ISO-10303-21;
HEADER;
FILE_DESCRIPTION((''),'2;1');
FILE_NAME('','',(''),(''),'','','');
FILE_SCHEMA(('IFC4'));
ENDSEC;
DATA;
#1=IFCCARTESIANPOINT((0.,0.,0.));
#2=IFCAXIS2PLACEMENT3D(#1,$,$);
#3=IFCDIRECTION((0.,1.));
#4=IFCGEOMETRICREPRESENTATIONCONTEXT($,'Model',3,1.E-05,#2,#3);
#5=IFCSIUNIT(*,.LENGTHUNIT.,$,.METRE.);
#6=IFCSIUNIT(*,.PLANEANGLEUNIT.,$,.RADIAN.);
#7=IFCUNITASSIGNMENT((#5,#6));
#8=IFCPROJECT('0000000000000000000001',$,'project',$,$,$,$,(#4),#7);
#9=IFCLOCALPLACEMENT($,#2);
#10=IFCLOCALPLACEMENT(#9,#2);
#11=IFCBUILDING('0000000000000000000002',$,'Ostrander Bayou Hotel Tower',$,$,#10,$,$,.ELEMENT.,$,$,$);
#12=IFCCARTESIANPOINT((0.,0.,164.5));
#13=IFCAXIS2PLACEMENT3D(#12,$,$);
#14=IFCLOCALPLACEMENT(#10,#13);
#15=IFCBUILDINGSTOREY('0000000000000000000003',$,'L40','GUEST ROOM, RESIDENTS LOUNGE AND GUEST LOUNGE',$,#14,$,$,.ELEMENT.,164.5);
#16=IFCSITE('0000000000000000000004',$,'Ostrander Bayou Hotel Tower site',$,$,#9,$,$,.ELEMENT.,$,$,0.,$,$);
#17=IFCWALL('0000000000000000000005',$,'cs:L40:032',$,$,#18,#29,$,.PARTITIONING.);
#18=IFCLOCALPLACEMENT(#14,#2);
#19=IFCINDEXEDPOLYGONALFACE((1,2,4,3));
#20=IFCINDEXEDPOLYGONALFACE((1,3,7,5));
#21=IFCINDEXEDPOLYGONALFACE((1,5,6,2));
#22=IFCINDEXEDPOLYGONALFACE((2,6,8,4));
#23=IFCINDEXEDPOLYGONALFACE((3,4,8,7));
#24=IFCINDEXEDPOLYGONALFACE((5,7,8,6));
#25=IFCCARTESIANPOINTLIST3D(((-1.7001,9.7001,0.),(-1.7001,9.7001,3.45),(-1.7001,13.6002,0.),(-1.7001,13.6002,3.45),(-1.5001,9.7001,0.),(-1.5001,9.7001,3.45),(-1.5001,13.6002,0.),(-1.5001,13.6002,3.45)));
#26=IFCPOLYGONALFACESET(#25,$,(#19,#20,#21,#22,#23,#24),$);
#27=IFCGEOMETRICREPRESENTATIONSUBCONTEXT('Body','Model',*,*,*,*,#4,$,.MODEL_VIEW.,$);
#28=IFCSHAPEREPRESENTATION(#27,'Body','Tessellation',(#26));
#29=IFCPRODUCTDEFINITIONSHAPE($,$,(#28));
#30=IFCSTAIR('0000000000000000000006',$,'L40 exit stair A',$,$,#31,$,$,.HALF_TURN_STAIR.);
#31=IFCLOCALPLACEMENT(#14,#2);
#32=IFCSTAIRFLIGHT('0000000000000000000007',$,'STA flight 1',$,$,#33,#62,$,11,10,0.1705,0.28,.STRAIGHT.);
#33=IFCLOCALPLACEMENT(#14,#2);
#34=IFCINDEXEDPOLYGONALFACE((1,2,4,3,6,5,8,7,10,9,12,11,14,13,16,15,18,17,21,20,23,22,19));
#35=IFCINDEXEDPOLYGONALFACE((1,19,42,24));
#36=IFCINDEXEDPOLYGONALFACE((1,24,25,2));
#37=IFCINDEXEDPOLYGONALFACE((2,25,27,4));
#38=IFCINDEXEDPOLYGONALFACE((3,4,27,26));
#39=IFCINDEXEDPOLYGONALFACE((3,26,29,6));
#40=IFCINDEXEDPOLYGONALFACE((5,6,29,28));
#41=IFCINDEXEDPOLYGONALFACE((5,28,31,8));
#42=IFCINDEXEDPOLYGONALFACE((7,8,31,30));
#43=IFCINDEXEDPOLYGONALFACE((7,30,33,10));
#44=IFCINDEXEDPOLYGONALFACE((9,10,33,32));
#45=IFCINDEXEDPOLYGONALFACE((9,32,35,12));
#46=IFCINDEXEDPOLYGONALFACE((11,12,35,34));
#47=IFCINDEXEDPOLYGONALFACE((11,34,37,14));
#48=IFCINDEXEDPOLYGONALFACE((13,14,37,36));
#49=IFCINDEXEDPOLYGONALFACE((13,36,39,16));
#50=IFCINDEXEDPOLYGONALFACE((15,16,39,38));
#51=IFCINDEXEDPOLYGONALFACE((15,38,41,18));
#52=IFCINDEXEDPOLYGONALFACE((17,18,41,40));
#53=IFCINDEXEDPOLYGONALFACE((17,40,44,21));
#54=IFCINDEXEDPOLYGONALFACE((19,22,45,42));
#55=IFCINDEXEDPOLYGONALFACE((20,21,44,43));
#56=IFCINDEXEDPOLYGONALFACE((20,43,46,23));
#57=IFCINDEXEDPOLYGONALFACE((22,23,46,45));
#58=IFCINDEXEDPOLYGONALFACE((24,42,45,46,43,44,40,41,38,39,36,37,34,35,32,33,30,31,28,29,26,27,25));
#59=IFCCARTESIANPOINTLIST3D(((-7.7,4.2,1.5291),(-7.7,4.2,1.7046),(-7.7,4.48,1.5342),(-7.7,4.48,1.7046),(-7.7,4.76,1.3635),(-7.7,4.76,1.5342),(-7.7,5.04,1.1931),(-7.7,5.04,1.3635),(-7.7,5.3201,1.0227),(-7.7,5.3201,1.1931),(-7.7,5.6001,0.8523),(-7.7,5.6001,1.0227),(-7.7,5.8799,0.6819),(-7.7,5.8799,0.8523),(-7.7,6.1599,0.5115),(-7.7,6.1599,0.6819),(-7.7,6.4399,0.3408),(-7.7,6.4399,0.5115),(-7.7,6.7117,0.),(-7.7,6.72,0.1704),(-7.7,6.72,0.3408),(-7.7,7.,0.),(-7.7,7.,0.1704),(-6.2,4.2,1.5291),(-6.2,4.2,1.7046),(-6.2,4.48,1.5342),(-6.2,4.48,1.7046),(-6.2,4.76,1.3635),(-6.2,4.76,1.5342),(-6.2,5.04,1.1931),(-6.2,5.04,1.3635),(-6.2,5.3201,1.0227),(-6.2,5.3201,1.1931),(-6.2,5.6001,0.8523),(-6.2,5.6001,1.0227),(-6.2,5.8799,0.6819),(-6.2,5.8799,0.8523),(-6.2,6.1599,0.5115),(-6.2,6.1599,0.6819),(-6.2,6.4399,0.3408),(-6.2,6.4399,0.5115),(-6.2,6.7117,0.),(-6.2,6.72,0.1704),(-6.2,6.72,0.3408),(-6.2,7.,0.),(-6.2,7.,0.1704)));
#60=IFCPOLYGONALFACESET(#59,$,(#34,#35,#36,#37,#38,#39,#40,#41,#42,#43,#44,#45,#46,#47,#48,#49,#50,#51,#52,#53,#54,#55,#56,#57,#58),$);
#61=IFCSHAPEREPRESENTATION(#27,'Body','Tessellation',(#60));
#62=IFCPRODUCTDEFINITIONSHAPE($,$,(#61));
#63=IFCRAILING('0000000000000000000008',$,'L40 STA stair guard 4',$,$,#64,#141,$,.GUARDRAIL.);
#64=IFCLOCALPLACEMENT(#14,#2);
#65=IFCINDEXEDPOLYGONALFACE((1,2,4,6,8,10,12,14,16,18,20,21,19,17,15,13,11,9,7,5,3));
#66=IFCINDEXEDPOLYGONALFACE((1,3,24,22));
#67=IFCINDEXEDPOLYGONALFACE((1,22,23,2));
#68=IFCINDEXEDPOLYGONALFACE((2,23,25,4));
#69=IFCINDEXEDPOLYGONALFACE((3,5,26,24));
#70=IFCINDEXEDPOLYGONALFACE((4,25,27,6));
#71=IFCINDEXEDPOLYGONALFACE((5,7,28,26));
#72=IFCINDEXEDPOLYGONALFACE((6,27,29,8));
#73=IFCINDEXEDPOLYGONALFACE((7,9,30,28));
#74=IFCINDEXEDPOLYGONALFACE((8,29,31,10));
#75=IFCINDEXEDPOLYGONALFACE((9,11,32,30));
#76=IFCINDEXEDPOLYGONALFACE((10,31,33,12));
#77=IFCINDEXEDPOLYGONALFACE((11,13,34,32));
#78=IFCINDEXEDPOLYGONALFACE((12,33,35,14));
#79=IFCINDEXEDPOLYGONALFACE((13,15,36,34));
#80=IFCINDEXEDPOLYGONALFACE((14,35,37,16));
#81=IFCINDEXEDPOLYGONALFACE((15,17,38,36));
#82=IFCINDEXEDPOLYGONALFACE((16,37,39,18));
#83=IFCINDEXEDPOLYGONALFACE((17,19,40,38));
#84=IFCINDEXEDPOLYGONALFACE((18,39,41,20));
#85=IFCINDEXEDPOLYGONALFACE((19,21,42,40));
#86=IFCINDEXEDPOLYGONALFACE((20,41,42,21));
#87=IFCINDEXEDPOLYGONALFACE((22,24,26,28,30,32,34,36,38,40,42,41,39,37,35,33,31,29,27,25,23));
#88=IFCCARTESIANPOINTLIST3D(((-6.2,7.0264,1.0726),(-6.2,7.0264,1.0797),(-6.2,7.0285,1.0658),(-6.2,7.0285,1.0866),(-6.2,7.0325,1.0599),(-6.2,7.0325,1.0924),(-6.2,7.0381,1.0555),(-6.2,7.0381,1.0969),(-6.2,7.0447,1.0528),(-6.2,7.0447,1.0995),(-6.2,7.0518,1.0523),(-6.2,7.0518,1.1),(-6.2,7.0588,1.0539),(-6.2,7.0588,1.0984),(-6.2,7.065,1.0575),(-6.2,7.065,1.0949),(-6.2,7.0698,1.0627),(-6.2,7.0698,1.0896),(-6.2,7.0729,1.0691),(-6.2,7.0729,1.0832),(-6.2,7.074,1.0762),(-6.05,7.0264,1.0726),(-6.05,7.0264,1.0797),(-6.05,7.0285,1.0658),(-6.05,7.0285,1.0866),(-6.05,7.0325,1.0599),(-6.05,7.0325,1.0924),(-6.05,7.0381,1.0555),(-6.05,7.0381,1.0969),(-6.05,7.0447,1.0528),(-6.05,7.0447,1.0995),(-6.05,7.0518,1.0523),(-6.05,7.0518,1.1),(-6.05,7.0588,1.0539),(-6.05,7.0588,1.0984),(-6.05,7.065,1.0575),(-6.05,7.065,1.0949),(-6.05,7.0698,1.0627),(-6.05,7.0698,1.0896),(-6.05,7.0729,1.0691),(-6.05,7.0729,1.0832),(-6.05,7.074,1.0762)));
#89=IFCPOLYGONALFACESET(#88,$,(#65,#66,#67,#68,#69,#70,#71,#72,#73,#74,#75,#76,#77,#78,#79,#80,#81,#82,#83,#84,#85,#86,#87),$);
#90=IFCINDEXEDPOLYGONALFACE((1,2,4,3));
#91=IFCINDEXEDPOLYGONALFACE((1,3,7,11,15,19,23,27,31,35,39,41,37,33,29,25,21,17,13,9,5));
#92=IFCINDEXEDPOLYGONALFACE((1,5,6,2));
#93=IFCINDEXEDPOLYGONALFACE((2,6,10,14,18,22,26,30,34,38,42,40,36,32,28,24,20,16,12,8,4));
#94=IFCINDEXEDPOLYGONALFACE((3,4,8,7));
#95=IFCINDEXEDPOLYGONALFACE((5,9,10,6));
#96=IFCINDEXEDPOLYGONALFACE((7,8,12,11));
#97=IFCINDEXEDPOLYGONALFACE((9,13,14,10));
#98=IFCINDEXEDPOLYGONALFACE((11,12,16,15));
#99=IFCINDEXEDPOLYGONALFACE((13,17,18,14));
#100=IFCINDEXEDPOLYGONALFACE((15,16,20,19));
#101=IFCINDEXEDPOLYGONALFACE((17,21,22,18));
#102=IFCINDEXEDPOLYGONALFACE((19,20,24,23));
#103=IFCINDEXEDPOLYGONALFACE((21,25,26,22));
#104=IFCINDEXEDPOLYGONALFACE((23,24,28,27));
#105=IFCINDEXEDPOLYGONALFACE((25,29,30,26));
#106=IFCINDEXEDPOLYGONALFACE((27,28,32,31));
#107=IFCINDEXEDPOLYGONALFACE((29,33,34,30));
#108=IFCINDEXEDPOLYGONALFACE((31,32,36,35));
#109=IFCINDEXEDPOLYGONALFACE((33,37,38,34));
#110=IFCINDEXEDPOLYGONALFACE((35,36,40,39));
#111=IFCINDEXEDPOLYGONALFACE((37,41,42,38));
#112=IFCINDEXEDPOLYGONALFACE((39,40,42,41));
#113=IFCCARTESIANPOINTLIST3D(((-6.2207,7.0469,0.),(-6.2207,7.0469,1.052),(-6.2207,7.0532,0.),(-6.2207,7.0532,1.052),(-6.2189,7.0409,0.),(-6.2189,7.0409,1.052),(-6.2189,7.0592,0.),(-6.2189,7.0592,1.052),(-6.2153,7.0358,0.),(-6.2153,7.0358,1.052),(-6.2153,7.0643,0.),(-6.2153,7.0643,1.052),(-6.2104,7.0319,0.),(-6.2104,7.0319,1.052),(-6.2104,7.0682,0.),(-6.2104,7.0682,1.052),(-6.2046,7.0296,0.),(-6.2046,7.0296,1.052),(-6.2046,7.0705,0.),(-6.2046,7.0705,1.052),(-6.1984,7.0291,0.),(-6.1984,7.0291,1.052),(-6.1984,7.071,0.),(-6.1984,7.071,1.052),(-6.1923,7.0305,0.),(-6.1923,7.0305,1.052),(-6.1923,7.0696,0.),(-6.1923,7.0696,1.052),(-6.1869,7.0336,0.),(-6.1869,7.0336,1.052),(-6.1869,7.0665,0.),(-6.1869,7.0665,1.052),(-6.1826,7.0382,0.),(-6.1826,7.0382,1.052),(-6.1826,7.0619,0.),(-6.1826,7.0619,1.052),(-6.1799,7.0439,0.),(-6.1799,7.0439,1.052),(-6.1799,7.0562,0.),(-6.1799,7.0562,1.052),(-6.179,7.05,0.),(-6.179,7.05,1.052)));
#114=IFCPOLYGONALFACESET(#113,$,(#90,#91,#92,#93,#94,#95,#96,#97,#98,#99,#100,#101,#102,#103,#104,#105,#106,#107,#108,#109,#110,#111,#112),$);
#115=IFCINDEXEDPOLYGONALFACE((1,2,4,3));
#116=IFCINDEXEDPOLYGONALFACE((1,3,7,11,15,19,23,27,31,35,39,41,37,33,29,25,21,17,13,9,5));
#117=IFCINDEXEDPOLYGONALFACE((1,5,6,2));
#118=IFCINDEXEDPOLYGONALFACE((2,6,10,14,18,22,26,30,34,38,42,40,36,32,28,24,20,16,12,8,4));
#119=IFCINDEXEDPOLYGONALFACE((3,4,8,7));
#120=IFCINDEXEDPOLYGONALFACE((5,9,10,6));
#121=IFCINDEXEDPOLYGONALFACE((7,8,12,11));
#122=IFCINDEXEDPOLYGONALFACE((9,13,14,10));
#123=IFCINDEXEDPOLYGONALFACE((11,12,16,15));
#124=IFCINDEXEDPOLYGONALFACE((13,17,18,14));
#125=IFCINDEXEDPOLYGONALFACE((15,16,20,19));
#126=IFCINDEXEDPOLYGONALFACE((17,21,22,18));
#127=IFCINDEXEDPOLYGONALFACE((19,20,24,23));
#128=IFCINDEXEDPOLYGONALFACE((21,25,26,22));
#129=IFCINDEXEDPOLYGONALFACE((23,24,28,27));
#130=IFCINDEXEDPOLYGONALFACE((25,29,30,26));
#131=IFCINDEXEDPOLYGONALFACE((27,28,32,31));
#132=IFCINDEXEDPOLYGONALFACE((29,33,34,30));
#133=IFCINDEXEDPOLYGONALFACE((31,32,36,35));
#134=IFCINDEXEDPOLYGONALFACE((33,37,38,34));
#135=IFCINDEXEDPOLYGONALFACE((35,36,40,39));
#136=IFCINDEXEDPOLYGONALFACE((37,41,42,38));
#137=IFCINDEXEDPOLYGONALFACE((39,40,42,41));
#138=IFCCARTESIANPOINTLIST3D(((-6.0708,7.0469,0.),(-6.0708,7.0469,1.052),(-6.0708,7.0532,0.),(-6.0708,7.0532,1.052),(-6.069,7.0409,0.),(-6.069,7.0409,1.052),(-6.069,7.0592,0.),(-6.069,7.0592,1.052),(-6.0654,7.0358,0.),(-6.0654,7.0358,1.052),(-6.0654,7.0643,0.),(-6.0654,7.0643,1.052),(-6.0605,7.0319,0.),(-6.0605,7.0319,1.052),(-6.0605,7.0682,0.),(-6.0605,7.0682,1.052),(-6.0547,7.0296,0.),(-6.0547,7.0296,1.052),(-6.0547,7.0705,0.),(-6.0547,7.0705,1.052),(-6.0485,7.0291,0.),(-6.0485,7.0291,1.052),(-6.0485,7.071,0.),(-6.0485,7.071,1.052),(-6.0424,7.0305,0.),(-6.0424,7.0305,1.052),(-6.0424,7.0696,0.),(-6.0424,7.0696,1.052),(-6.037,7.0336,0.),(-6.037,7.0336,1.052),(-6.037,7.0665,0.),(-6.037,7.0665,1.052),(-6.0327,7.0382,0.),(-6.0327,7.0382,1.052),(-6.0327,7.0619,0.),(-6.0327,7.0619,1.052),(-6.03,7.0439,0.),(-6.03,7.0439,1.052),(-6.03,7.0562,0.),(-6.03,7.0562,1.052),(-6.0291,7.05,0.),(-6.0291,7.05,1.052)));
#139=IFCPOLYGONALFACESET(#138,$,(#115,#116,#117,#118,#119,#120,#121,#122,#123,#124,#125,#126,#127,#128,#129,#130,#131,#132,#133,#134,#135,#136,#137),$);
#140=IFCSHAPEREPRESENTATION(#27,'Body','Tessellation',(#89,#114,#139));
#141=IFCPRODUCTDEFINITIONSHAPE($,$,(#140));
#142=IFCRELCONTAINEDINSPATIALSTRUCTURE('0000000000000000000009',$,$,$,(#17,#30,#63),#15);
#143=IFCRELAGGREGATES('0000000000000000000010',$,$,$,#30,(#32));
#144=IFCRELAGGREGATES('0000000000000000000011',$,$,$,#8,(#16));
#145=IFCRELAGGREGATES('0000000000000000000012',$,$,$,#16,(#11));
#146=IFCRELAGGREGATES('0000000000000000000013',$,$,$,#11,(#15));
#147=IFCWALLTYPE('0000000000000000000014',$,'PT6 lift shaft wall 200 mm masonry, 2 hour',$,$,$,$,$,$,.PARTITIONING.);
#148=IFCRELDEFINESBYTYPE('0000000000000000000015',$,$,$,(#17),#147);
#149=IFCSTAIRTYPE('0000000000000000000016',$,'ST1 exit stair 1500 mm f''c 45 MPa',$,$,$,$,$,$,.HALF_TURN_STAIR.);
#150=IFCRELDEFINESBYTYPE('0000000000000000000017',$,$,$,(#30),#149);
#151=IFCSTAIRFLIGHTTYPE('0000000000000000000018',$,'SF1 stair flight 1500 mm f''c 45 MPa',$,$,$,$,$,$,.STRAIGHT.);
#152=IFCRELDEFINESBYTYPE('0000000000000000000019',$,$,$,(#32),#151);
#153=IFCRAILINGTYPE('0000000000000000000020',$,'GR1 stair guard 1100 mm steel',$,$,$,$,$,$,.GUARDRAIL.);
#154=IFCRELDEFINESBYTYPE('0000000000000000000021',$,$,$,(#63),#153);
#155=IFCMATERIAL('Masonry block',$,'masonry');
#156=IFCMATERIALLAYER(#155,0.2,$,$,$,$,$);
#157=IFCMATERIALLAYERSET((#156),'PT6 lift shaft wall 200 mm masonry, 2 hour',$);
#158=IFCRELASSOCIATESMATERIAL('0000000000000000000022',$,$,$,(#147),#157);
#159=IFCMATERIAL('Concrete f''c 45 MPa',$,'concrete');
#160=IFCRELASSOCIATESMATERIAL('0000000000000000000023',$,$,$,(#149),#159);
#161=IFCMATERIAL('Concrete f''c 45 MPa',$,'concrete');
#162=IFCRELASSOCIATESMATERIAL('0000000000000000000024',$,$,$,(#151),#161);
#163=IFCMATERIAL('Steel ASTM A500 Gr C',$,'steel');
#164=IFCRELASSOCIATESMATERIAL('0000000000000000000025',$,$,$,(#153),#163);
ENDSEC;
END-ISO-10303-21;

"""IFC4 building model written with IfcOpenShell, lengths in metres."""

from ifc_helpers import new_model, si_unit, direction, frame, frame_2d, origin, origin_2d, place, context, subcontext, project, spatial, polyline, rectangle, circle, outline, extrude, material, layer, layer_set, type_object, element, aggregate, save


model = new_model("IFC4")

# Units and contexts
model_context = context("Model", 3, precision=1e-05, world=origin(), true_north=direction((0.0, 1.0)))
body_context = subcontext(model_context, "Body", "Model", "MODEL_VIEW")
ifc_project = project(units=[si_unit("LENGTHUNIT", "METRE"), si_unit("PLANEANGLEUNIT", "RADIAN")], contexts=[model_context])

# Site, building, storey
site_placement = place(None, origin())
site = spatial("IfcSite", under=ifc_project, at=site_placement, Name="Ostrander Bayou Hotel Tower site", CompositionType="ELEMENT", RefElevation=0.0)
building_placement = place(site_placement, origin())
building = spatial("IfcBuilding", under=site, at=building_placement, Name="Ostrander Bayou Hotel Tower", CompositionType="ELEMENT")
storey_placement = place(building_placement, frame((0.0, 0.0, 164.5)))
storey = spatial("IfcBuildingStorey", under=building, at=storey_placement, Name="L40", Description="GUEST ROOM, RESIDENTS LOUNGE AND GUEST LOUNGE", CompositionType="ELEMENT", Elevation=164.5)

# Wall
ifc_material_1 = material(Name="Masonry block", Category="masonry")
ifc_layer_1 = layer(ifc_material_1, 0.2)
ifc_layer_set_1 = layer_set([ifc_layer_1], Name="PT6 lift shaft wall 200 mm masonry, 2 hour")
wall_type_1 = type_object("IfcWallType", Name="PT6 lift shaft wall 200 mm masonry, 2 hour", PredefinedType="PARTITIONING", material=ifc_layer_set_1)
wall_1_placement = place(storey_placement, frame((-1.6001, 9.7, 0.0), z_axis=(0.0, 0.0, 1.0), x_axis=(0.0, 1.0, 0.0)))
element("IfcWall", 1, at=wall_1_placement, inside=storey, type_object=wall_type_1, Name="cs:L40:032", PredefinedType="PARTITIONING", context=body_context, shape_type="SweptSolid", body=[
    extrude(rectangle(XDim=3.9001, YDim=0.2, at=frame_2d((1.9502, 0.0))), origin(), (0.0, 0.0, 1.0), 3.45),
])

# Stair, stair flight
ifc_material_2 = material(Name="Concrete f'c 45 MPa", Category="concrete")
stair_type = type_object("IfcStairType", Name="ST1 exit stair 1500 mm f'c 45 MPa", PredefinedType="HALF_TURN_STAIR", material=ifc_material_2)
stair_placement = place(storey_placement, origin())
stair = element("IfcStair", 2, at=stair_placement, inside=storey, type_object=stair_type, Name="L40 exit stair A", PredefinedType="HALF_TURN_STAIR")
ifc_material_3 = material(Name="Concrete f'c 45 MPa", Category="concrete")
stair_flight_type = type_object("IfcStairFlightType", Name="SF1 stair flight 1500 mm f'c 45 MPa", PredefinedType="STRAIGHT", material=ifc_material_3)
stair_flight_placement = place(storey_placement, frame((-6.95, 7.0, 0.0), z_axis=(0.0, 0.0, 1.0), x_axis=(0.0, -1.0, 0.0)))
stair_flight = element("IfcStairFlight", 3, at=stair_flight_placement, type_object=stair_flight_type, Name="STA flight 1", NumberOfRisers=11, NumberOfTreads=10, PredefinedType="STRAIGHT", RiserHeight=0.1705, TreadLength=0.28, context=body_context, shape_type="SweptSolid", body=[
    extrude(outline(polyline([(0.0, 0.0), (0.0, 0.1704), (0.28, 0.1704), (0.28, 0.3408), (0.5601, 0.3408), (0.5601, 0.5115), (0.8401, 0.5115), (0.8401, 0.6819), (1.1201, 0.6819), (1.1201, 0.8523), (1.3999, 0.8523), (1.3999, 1.0227), (1.6799, 1.0227), (1.6799, 1.1931), (1.96, 1.1931), (1.96, 1.3635), (2.24, 1.3635), (2.24, 1.5342), (2.52, 1.5342), (2.52, 1.7046), (2.8, 1.7046), (2.8, 1.875), (2.8, 1.5291), (0.2883, 0.0), (0.0, 0.0)])), frame((0.0, 0.75, 0.0), z_axis=(0.0, -1.0, 0.0), x_axis=(1.0, 0.0, 0.0)), (0.0, 0.0, 1.0), 1.5),
])
aggregate(stair, [stair_flight])

# Railing
ifc_material_4 = material(Name="Steel ASTM A500 Gr C", Category="steel")
railing_type = type_object("IfcRailingType", Name="GR1 stair guard 1100 mm steel", PredefinedType="GUARDRAIL", material=ifc_material_4)
railing_placement = place(storey_placement, frame((-6.2, 7.05, 0.0)))
element("IfcRailing", 4, at=railing_placement, inside=storey, type_object=railing_type, Name="L40 STA stair guard 4", PredefinedType="GUARDRAIL", context=body_context, shape_type="SweptSolid", body=[
    extrude(circle(Radius=0.0239, at=origin_2d()), frame((0.0, 0.0, 1.0762), z_axis=(1.0, 0.0, 0.0), x_axis=(0.0, 1.0, 0.0)), (0.0, 0.0, 1.0), 0.1499),
    extrude(circle(Radius=0.021, at=origin_2d()), origin(), (0.0, 0.0, 1.0), 1.052),
    extrude(circle(Radius=0.021, at=origin_2d()), frame((0.1499, 0.0, 0.0)), (0.0, 0.0, 1.0), 1.052),
])

save(model, "model.ifc")
